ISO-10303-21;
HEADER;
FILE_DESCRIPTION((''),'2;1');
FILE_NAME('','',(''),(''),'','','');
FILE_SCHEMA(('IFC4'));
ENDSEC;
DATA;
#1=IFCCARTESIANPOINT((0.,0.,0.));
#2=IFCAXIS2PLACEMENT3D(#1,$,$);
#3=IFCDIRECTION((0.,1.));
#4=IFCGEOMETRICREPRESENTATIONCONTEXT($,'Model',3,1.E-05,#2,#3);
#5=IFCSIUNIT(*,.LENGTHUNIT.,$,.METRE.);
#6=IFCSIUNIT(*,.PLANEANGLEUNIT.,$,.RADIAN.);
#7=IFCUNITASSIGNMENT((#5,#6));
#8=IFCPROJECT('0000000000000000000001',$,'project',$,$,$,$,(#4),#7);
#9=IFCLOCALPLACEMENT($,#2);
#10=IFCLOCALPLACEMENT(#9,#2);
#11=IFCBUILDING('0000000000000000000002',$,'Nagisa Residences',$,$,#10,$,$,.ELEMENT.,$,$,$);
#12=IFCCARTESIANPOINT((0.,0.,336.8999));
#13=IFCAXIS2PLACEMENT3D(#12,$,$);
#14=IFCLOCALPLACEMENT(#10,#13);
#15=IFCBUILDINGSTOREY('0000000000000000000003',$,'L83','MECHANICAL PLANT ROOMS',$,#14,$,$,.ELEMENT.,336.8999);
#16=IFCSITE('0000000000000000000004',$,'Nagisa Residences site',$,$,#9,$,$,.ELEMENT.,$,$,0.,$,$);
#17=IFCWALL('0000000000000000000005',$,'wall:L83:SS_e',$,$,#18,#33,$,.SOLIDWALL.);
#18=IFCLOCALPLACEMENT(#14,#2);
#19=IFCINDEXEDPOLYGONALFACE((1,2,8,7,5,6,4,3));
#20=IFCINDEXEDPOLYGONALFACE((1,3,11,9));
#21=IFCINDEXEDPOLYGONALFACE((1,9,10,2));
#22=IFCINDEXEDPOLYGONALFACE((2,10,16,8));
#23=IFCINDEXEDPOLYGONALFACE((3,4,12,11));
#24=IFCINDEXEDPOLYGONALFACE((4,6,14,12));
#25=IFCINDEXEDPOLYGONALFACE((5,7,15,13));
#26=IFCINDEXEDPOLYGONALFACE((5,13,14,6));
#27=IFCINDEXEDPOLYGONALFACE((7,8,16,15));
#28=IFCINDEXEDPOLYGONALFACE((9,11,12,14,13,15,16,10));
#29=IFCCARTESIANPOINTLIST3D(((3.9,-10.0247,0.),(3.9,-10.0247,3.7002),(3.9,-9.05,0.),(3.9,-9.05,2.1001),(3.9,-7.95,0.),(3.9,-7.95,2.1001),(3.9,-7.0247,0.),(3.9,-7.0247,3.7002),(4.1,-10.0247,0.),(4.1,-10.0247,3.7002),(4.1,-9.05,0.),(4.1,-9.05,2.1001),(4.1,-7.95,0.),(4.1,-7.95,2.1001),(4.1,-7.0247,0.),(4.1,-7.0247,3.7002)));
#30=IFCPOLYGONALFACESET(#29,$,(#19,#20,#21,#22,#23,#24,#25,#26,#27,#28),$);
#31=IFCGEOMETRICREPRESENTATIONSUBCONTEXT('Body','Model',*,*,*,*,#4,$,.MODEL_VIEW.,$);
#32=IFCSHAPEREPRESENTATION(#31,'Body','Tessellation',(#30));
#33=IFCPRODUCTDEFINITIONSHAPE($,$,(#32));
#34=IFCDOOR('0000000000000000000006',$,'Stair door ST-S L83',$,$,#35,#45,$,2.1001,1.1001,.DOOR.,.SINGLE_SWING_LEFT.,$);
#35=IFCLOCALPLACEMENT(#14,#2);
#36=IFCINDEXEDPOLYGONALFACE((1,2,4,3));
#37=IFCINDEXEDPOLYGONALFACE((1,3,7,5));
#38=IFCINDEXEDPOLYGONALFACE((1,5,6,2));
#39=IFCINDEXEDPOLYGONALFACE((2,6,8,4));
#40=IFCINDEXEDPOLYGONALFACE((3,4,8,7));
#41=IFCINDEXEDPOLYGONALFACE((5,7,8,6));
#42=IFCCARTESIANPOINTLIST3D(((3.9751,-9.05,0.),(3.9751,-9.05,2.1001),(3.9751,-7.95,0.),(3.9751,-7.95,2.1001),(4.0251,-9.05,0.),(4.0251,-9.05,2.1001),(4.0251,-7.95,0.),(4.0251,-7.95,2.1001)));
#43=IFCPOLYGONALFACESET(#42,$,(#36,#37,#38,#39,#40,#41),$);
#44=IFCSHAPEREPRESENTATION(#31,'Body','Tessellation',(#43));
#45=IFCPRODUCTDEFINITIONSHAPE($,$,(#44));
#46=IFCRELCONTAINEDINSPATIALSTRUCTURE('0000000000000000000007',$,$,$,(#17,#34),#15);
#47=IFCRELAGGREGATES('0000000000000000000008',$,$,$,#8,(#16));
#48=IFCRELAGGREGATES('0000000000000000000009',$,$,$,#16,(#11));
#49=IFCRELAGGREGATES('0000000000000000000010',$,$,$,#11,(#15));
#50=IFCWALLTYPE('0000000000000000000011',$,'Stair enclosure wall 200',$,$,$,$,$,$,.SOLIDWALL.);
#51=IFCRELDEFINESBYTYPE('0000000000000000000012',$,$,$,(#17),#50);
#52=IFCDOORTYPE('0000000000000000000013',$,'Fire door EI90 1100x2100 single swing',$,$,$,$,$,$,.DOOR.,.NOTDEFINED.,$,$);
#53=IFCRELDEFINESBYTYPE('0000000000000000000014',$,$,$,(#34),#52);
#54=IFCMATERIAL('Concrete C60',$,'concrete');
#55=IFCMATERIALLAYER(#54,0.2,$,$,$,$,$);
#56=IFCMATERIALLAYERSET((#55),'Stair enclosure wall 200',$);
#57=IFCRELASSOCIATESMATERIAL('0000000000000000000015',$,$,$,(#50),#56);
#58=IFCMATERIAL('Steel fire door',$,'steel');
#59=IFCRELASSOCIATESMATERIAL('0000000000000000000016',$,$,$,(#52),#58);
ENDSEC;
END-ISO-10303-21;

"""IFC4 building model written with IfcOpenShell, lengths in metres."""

from ifc_helpers import new_model, si_unit, direction, frame, frame_2d, origin, place, context, subcontext, project, spatial, rectangle, extrude, material, layer, layer_set, type_object, element, fill, save


model = new_model("IFC4")

# Units and contexts
model_context = context("Model", 3, precision=1e-05, world=origin(), true_north=direction((0.0, 1.0)))
body_context = subcontext(model_context, "Body", "Model", "MODEL_VIEW")
ifc_project = project(units=[si_unit("LENGTHUNIT", "METRE"), si_unit("PLANEANGLEUNIT", "RADIAN")], contexts=[model_context])

# Site, building, storey
site_placement = place(None, origin())
site = spatial("IfcSite", under=ifc_project, at=site_placement, Name="Nagisa Residences site", CompositionType="ELEMENT", RefElevation=0.0)
building_placement = place(site_placement, origin())
building = spatial("IfcBuilding", under=site, at=building_placement, Name="Nagisa Residences", CompositionType="ELEMENT")
storey_placement = place(building_placement, frame((0.0, 0.0, 336.8999)))
storey = spatial("IfcBuildingStorey", under=building, at=storey_placement, Name="L83", Description="MECHANICAL PLANT ROOMS", CompositionType="ELEMENT", Elevation=336.8999)

# Wall, opening, door
ifc_material_1 = material(Name="Concrete C60", Category="concrete")
ifc_layer_1 = layer(ifc_material_1, 0.2)
ifc_layer_set_1 = layer_set([ifc_layer_1], Name="Stair enclosure wall 200")
wall_type_1 = type_object("IfcWallType", Name="Stair enclosure wall 200", PredefinedType="SOLIDWALL", material=ifc_layer_set_1)
wall_1_placement = place(storey_placement, frame((4.0, -10.0247, 0.0), z_axis=(0.0, 0.0, 1.0), x_axis=(0.0, 1.0, 0.0)))
wall_1 = element("IfcWall", 1, at=wall_1_placement, inside=storey, type_object=wall_type_1, Name="wall:L83:SS_e", PredefinedType="SOLIDWALL", context=body_context, shape_type="SweptSolid", body=[
    extrude(rectangle(XDim=3.0, YDim=0.2, at=frame_2d((1.5, 0.0))), origin(), (0.0, 0.0, 1.0), 3.7002),
])
opening_1_placement = place(wall_1_placement, frame((0.9746, 0.0, 0.0)))
opening_1 = element("IfcOpeningElement", 2, at=opening_1_placement, cuts=wall_1, PredefinedType="OPENING", context=body_context, shape_type="SweptSolid", body=[
    extrude(rectangle(XDim=1.1001, YDim=2.1001, at=frame_2d((0.55, 1.05))), frame((0.0, 0.1099, 0.0), z_axis=(0.0, -1.0, 0.0), x_axis=(1.0, 0.0, 0.0)), (0.0, 0.0, 1.0), 0.22),
])
ifc_material_2 = material(Name="Steel fire door", Category="steel")
door_type_1 = type_object("IfcDoorType", Name="Fire door EI90 1100x2100 single swing", OperationType="NOTDEFINED", PredefinedType="DOOR", material=ifc_material_2)
door_1_placement = place(opening_1_placement, origin())
door_1 = element("IfcDoor", 3, at=door_1_placement, inside=storey, type_object=door_type_1, Name="Stair door ST-S L83", OperationType="SINGLE_SWING_LEFT", OverallHeight=2.1001, OverallWidth=1.1001, PredefinedType="DOOR", context=body_context, shape_type="SweptSolid", body=[
    extrude(rectangle(XDim=1.1001, YDim=2.1001, at=frame_2d((0.55, 1.05))), frame((0.0, 0.0249, 0.0), z_axis=(0.0, -1.0, 0.0), x_axis=(1.0, 0.0, 0.0)), (0.0, 0.0, 1.0), 0.05),
])
fill(opening_1, door_1)

save(model, "model.ifc")
